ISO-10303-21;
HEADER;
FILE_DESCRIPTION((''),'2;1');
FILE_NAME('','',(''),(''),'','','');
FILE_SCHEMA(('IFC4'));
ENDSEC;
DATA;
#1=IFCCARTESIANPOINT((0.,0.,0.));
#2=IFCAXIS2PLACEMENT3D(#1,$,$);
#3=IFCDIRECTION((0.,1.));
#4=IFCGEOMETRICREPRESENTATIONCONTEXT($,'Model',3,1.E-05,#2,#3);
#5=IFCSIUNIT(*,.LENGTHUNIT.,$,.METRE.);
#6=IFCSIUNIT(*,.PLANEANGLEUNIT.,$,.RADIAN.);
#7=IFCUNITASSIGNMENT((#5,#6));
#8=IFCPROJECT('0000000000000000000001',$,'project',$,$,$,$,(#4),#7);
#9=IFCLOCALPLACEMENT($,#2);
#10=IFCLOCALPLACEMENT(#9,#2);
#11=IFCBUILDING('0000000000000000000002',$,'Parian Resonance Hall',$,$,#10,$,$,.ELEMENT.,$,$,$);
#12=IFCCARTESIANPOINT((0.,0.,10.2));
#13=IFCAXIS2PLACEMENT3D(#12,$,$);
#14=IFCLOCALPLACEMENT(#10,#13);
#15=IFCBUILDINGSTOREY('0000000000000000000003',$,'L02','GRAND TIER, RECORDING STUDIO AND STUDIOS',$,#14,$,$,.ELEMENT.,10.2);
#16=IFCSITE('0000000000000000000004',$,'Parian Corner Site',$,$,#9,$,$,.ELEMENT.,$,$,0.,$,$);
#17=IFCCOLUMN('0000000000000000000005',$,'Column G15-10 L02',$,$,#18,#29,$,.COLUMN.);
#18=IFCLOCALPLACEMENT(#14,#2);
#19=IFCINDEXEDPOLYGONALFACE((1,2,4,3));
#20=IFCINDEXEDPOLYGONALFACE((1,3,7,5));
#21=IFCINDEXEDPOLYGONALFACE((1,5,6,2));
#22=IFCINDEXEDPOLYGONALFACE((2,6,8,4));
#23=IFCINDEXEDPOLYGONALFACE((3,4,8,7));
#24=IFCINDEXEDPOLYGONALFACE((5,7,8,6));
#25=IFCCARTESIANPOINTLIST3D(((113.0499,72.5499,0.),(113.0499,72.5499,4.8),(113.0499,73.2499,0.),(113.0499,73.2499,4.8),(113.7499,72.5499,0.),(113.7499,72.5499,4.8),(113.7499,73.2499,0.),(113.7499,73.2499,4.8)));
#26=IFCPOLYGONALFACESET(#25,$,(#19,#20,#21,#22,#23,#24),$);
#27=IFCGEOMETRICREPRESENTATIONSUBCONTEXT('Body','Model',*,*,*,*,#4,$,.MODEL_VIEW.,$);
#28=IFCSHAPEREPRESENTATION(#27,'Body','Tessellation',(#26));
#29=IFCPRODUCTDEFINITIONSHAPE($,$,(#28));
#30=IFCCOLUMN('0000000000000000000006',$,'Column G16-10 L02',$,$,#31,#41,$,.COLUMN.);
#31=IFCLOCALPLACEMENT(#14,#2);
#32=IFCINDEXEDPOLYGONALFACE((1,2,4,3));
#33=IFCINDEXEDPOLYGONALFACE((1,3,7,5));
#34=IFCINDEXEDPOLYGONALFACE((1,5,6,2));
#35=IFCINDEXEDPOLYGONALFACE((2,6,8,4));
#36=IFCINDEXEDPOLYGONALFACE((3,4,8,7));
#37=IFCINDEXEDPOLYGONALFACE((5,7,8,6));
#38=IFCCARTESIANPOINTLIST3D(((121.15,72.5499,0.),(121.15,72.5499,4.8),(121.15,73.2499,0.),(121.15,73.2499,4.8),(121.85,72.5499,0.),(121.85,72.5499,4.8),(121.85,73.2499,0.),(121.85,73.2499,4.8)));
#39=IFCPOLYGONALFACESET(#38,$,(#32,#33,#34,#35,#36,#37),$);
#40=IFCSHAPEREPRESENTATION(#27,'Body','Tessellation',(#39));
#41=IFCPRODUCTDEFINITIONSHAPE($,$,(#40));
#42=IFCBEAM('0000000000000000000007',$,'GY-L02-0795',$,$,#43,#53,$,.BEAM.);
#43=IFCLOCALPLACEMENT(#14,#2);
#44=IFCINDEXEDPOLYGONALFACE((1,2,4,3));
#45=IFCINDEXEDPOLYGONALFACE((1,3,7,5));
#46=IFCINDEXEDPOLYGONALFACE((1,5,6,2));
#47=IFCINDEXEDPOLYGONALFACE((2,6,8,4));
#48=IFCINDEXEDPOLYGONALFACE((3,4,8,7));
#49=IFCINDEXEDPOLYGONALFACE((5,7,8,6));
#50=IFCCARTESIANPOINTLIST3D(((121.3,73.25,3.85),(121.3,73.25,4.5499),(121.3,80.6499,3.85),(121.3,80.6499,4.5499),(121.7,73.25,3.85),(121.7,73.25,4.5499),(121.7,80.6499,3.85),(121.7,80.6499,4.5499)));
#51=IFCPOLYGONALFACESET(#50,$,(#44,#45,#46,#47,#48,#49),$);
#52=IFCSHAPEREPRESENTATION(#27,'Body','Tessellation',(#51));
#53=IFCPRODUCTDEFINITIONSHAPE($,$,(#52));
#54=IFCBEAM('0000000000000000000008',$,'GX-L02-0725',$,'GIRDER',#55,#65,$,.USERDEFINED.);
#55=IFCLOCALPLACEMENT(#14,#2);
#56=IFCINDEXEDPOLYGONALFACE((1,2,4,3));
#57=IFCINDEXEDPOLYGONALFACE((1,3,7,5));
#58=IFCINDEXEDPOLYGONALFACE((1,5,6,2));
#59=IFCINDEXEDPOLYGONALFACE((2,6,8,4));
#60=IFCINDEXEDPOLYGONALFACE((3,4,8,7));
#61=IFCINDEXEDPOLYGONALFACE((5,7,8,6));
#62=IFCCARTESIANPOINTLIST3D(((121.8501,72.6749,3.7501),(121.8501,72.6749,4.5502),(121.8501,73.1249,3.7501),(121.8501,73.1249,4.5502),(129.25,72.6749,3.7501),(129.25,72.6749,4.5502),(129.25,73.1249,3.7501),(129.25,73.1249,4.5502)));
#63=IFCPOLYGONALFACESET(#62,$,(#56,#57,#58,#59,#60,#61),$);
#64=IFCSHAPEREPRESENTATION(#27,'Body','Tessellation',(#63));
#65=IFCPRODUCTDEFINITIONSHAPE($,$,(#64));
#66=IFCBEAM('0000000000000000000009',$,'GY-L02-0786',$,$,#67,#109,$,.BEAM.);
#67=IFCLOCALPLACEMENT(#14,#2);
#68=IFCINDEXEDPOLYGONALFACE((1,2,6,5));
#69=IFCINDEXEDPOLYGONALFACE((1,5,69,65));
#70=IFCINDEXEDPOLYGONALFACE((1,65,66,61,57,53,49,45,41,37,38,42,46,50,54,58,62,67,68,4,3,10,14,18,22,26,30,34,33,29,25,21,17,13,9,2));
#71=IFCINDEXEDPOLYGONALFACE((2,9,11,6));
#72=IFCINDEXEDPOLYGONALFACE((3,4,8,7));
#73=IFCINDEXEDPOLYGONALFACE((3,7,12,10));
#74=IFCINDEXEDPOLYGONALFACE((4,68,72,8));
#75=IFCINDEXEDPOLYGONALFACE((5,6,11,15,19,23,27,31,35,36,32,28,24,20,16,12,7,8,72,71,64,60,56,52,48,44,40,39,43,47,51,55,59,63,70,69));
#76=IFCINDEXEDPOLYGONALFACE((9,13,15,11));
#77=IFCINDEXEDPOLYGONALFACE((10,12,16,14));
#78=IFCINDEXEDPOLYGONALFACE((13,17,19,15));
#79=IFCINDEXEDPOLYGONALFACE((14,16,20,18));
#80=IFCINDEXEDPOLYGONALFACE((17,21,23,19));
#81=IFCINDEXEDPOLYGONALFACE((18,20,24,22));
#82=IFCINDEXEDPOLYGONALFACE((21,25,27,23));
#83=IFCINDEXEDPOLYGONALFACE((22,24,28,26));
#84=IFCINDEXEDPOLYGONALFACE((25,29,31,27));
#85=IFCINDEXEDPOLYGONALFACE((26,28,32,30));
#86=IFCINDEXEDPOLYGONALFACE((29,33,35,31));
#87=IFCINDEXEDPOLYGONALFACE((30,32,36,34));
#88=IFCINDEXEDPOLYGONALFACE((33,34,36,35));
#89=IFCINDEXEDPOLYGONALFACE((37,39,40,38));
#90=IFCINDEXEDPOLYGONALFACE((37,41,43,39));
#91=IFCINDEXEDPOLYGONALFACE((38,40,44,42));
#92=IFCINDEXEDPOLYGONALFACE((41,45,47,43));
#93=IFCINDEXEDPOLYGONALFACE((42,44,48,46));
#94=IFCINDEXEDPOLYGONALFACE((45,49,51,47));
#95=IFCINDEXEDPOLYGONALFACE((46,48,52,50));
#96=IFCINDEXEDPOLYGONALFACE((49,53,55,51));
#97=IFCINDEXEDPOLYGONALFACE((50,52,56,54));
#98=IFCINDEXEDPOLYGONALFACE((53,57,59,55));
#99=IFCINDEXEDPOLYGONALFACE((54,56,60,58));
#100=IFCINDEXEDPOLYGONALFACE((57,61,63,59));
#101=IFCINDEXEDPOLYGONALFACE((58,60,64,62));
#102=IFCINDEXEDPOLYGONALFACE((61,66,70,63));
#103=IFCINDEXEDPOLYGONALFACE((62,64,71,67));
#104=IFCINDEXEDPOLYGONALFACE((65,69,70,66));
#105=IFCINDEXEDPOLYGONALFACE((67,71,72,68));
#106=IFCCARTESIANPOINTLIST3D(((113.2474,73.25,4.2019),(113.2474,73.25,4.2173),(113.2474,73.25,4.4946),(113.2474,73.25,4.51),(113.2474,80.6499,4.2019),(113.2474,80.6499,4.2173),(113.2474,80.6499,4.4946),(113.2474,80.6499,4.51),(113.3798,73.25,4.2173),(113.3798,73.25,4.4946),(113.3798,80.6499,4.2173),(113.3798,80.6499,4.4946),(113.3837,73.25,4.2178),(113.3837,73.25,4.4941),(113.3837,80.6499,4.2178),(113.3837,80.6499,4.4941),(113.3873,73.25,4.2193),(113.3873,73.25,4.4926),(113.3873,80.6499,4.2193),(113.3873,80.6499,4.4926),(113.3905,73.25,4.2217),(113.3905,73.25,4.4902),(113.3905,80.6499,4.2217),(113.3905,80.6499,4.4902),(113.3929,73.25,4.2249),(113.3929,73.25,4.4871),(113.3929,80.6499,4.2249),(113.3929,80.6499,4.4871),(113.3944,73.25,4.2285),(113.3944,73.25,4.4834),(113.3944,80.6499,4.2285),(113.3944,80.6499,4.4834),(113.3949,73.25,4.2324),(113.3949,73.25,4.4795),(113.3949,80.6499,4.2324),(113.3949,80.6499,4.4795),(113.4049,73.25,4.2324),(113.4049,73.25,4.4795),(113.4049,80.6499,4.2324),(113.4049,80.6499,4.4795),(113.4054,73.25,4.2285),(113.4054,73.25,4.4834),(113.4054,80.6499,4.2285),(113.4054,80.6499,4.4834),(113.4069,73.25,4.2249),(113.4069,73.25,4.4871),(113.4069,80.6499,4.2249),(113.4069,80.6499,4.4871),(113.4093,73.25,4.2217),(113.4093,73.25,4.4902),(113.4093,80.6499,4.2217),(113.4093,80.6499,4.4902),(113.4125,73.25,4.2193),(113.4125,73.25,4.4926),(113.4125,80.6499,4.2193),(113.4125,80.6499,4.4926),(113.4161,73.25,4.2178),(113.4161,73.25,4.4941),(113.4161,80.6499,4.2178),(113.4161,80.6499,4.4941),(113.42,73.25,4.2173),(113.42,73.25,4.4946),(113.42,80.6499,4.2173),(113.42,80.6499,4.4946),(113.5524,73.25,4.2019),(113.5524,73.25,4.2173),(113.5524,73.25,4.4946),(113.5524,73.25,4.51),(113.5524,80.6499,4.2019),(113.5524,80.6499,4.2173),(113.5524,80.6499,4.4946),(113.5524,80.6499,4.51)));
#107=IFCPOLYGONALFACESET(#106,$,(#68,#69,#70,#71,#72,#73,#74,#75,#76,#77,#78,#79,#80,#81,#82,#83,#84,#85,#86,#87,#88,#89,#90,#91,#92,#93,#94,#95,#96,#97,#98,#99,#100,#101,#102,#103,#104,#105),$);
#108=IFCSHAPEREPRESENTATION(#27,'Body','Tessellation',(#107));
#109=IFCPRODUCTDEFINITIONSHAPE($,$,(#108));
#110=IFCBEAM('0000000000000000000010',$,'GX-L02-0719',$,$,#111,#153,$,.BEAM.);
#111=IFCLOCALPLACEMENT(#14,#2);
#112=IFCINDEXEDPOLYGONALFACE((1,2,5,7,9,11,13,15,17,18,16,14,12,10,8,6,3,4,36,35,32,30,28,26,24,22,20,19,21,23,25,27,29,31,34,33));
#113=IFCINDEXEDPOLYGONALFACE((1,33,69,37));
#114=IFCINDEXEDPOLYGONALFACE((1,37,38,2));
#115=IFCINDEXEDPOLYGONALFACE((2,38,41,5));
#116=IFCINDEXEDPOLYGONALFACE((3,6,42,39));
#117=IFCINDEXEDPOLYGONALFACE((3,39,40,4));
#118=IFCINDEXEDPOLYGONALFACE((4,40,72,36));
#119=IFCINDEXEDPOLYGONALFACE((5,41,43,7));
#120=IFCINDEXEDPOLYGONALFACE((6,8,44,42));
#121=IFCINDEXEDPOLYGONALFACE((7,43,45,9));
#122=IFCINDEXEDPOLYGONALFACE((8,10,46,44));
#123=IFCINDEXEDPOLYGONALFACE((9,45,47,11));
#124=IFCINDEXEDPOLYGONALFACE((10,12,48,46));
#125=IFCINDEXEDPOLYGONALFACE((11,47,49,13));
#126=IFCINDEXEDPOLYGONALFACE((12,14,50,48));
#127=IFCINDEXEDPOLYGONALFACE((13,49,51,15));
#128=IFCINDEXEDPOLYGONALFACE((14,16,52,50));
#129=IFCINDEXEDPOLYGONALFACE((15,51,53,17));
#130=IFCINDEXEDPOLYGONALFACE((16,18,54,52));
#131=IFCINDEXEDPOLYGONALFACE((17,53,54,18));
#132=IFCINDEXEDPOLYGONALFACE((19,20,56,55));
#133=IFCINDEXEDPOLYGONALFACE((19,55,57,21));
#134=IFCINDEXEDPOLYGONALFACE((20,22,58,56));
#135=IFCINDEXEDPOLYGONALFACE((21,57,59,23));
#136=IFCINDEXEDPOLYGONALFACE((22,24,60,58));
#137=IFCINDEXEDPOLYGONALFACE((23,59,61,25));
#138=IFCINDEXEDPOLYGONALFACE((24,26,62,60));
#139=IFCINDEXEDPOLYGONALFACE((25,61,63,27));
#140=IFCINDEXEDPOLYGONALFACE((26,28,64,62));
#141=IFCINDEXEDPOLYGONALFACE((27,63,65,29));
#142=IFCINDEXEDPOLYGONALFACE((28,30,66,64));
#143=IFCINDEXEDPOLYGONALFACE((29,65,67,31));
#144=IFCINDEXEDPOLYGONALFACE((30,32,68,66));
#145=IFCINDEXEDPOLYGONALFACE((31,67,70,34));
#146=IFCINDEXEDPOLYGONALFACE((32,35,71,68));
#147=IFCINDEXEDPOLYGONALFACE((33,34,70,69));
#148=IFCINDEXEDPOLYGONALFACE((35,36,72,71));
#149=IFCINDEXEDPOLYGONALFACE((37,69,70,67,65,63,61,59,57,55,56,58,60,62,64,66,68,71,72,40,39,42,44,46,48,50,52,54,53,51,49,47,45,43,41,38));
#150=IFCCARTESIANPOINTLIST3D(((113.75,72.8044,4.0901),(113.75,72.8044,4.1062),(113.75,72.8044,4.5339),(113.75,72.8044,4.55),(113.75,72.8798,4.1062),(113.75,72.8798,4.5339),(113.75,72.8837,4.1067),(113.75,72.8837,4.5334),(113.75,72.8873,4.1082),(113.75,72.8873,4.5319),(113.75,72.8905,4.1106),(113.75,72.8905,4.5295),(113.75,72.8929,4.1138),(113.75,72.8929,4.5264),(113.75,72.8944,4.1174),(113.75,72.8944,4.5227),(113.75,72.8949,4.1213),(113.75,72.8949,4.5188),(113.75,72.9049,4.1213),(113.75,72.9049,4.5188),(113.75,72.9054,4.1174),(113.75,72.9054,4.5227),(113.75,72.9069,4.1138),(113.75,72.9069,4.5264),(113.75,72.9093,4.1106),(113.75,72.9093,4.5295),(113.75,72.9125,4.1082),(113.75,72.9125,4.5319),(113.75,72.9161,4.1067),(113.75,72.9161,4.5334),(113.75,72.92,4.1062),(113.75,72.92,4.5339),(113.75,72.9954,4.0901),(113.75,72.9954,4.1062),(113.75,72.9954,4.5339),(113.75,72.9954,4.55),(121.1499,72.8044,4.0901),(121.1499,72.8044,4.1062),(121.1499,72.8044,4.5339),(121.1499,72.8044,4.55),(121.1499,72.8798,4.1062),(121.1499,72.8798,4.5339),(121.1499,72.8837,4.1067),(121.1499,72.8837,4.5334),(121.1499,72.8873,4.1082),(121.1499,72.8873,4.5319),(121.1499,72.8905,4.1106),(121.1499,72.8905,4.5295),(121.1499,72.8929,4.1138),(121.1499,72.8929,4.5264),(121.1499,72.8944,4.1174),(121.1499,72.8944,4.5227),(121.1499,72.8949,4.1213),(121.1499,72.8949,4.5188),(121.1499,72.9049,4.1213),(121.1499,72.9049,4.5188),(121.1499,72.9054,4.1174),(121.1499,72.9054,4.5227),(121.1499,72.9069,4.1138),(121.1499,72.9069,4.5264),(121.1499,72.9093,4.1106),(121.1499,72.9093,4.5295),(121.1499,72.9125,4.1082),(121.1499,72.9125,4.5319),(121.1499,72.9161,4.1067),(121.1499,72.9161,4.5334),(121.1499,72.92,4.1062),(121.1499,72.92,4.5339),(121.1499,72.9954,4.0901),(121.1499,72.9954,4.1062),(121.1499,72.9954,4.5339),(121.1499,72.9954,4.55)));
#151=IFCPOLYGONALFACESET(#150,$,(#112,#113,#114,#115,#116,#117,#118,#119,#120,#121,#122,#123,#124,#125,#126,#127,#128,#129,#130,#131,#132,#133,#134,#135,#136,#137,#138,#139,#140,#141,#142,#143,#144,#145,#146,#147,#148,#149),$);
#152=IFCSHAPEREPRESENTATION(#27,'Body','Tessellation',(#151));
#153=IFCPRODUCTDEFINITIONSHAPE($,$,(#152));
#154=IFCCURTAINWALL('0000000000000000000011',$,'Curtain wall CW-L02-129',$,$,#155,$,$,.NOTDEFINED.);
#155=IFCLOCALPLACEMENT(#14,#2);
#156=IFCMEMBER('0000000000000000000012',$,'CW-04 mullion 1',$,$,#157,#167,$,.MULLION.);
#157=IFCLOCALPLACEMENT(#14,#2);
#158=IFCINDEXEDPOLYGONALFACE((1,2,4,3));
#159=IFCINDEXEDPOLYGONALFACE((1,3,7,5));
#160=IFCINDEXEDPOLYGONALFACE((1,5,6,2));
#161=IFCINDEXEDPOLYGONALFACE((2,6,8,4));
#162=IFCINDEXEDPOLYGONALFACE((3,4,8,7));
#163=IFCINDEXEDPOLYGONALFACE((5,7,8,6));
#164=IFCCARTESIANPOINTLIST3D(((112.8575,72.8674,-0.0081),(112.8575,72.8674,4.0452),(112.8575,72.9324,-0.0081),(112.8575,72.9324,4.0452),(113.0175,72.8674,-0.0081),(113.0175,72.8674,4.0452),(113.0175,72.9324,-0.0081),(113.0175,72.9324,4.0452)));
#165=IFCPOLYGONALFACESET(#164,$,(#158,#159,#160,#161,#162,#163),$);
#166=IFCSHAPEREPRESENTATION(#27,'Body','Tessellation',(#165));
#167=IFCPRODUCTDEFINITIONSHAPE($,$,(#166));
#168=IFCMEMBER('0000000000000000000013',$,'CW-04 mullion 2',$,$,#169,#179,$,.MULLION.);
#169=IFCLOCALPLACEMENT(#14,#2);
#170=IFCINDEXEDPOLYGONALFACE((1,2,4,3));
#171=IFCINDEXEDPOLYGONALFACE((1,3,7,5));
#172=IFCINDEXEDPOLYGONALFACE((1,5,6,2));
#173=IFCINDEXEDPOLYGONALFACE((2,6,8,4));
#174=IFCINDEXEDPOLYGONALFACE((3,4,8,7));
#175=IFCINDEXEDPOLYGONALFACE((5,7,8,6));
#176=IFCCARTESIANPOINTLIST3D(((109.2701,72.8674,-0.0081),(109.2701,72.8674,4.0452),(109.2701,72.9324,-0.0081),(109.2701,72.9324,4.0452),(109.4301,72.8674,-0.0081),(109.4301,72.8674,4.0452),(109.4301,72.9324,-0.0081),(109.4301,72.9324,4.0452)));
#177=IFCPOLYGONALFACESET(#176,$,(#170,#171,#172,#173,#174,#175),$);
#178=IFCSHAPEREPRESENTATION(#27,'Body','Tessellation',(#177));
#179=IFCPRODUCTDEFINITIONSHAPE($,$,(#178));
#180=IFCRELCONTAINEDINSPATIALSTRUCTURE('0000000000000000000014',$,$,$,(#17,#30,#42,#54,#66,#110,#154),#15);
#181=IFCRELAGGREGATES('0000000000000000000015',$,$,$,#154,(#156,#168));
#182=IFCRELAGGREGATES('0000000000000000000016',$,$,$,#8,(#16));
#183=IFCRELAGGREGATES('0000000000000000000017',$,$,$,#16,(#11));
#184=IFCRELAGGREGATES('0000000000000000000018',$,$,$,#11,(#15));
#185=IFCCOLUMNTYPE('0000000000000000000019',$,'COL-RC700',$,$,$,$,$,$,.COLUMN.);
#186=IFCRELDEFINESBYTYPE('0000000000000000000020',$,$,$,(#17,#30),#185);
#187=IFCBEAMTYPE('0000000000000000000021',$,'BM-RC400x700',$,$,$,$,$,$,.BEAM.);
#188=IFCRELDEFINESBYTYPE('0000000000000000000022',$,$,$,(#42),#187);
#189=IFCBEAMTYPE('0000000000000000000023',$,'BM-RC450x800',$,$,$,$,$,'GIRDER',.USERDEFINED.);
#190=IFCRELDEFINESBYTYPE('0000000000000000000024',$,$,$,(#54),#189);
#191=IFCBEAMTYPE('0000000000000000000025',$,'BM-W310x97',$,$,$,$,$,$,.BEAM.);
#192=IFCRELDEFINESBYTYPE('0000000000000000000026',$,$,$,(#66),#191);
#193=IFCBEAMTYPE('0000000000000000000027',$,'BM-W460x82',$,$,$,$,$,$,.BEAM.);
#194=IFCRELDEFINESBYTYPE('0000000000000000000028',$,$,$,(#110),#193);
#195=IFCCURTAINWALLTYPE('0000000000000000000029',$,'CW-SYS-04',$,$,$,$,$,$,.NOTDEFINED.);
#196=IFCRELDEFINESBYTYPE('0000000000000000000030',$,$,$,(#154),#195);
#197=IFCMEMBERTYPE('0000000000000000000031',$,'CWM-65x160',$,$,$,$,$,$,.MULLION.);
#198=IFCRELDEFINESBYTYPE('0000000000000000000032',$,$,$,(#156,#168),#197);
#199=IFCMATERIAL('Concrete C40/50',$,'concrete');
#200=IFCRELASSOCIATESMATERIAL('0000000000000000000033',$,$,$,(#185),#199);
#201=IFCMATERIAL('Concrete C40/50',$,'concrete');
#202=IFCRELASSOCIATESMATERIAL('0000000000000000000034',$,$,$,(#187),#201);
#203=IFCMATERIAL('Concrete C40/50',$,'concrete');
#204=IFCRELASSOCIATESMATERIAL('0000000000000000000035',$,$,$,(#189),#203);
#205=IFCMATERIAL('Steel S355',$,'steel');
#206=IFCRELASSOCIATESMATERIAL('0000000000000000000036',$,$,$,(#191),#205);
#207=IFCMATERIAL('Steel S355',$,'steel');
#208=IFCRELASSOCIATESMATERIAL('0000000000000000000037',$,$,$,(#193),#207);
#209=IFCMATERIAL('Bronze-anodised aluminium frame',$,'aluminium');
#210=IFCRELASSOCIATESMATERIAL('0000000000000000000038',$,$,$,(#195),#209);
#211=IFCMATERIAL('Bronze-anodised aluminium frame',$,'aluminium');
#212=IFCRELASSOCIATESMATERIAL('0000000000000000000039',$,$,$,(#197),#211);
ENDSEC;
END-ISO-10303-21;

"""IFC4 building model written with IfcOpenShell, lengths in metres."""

from ifc_helpers import new_model, si_unit, direction, frame, origin, origin_2d, place, context, subcontext, project, spatial, rectangle, i_section, extrude, material, material_profile, profile_set, type_object, element, aggregate, save


model = new_model("IFC4")

# Units and contexts
model_context = context("Model", 3, precision=1e-05, world=origin(), true_north=direction((0.0, 1.0)))
body_context = subcontext(model_context, "Body", "Model", "MODEL_VIEW")
ifc_project = project(units=[si_unit("LENGTHUNIT", "METRE"), si_unit("PLANEANGLEUNIT", "RADIAN")], contexts=[model_context])

# Site, building, storey
site_placement = place(None, origin())
site = spatial("IfcSite", under=ifc_project, at=site_placement, Name="Parian Corner Site", CompositionType="ELEMENT", RefElevation=0.0)
building_placement = place(site_placement, origin())
building = spatial("IfcBuilding", under=site, at=building_placement, Name="Parian Resonance Hall", CompositionType="ELEMENT")
storey_placement = place(building_placement, frame((0.0, 0.0, 10.2)))
storey = spatial("IfcBuildingStorey", under=building, at=storey_placement, Name="L02", Description="GRAND TIER, RECORDING STUDIO AND STUDIOS", CompositionType="ELEMENT", Elevation=10.2)

# Columns
ifc_material_1 = material(Name="Concrete C40/50", Category="concrete")
ifc_material_profile_1 = material_profile(ifc_material_1, rectangle(XDim=0.7, YDim=0.7, at=origin_2d()), Name="RC-COL-700x700")
ifc_profile_set_1 = profile_set([ifc_material_profile_1], Name="Concrete C40/50")
column_type = type_object("IfcColumnType", Name="COL-RC700", PredefinedType="COLUMN", material=ifc_profile_set_1)
for number, where, z_axis, x_axis, name in (
    (1, (113.3999, 72.8999, 0.0), (0.0, 0.0, 1.0), (1.0, 0.0, 0.0), "Column G15-10 L02"),
    (2, (121.5, 72.8999, 0.0), (0.0, 0.0, 1.0), (1.0, 0.0, 0.0), "Column G16-10 L02"),
):
    element("IfcColumn", number, at=place(storey_placement, frame(where, z_axis=z_axis, x_axis=x_axis)), inside=storey, type_object=column_type, Name=name, PredefinedType="COLUMN", context=body_context, shape_type="SweptSolid", body=[
        extrude(rectangle(XDim=0.7, YDim=0.7, at=origin_2d()), origin(), (0.0, 0.0, 1.0), 4.8),
    ])

# Beams
ifc_material_2 = material(Name="Concrete C40/50", Category="concrete")
ifc_material_profile_2 = material_profile(ifc_material_2, rectangle(XDim=0.3999, YDim=0.7, at=origin_2d()), Name="RC-BM-400x700")
ifc_profile_set_2 = profile_set([ifc_material_profile_2], Name="Concrete C40/50")
beam_type_1 = type_object("IfcBeamType", Name="BM-RC400x700", PredefinedType="BEAM", material=ifc_profile_set_2)
beam_1_placement = place(storey_placement, frame((121.5, 73.25, 4.2), z_axis=(0.0, 1.0, 0.0), x_axis=(-1.0, 0.0, 0.0)))
element("IfcBeam", 3, at=beam_1_placement, inside=storey, type_object=beam_type_1, Name="GY-L02-0795", PredefinedType="BEAM", context=body_context, shape_type="SweptSolid", body=[
    extrude(rectangle(XDim=0.3999, YDim=0.7, at=origin_2d()), origin(), (0.0, 0.0, 1.0), 7.3999),
])
ifc_material_3 = material(Name="Concrete C40/50", Category="concrete")
ifc_material_profile_3 = material_profile(ifc_material_3, rectangle(XDim=0.45, YDim=0.8, at=origin_2d()), Name="RC-BM-450x800")
ifc_profile_set_3 = profile_set([ifc_material_profile_3], Name="Concrete C40/50")
beam_type_2 = type_object("IfcBeamType", Name="BM-RC450x800", ElementType="GIRDER", PredefinedType="USERDEFINED", material=ifc_profile_set_3)
beam_2_placement = place(storey_placement, frame((121.8501, 72.8999, 4.1501), z_axis=(1.0, 0.0, 0.0), x_axis=(0.0, 1.0, 0.0)))
element("IfcBeam", 4, at=beam_2_placement, inside=storey, type_object=beam_type_2, Name="GX-L02-0725", ObjectType="GIRDER", PredefinedType="USERDEFINED", context=body_context, shape_type="SweptSolid", body=[
    extrude(rectangle(XDim=0.45, YDim=0.8, at=origin_2d()), origin(), (0.0, 0.0, 1.0), 7.3999),
])
ifc_material_4 = material(Name="Steel S355", Category="steel")
ifc_material_profile_4 = material_profile(ifc_material_4, i_section(OverallWidth=0.3049, OverallDepth=0.3081, WebThickness=0.01, FlangeThickness=0.0154, FilletRadius=0.0151, at=origin_2d()), Name="W310x97")
ifc_profile_set_4 = profile_set([ifc_material_profile_4], Name="Steel S355")
beam_type_3 = type_object("IfcBeamType", Name="BM-W310x97", PredefinedType="BEAM", material=ifc_profile_set_4)
beam_3_placement = place(storey_placement, frame((113.3999, 73.25, 4.356), z_axis=(0.0, 1.0, 0.0), x_axis=(-1.0, 0.0, 0.0)))
element("IfcBeam", 5, at=beam_3_placement, inside=storey, type_object=beam_type_3, Name="GY-L02-0786", PredefinedType="BEAM", context=body_context, shape_type="SweptSolid", body=[
    extrude(i_section(OverallWidth=0.3049, OverallDepth=0.3081, WebThickness=0.01, FlangeThickness=0.0154, FilletRadius=0.0151, at=origin_2d()), origin(), (0.0, 0.0, 1.0), 7.3999),
])
ifc_material_5 = material(Name="Steel S355", Category="steel")
ifc_material_profile_5 = material_profile(ifc_material_5, i_section(OverallWidth=0.1909, OverallDepth=0.46, WebThickness=0.01, FlangeThickness=0.0161, FilletRadius=0.0151, at=origin_2d()), Name="W460x82")
ifc_profile_set_5 = profile_set([ifc_material_profile_5], Name="Steel S355")
beam_type_4 = type_object("IfcBeamType", Name="BM-W460x82", PredefinedType="BEAM", material=ifc_profile_set_5)
beam_4_placement = place(storey_placement, frame((113.75, 72.8999, 4.3201), z_axis=(1.0, 0.0, 0.0), x_axis=(0.0, 1.0, 0.0)))
element("IfcBeam", 6, at=beam_4_placement, inside=storey, type_object=beam_type_4, Name="GX-L02-0719", PredefinedType="BEAM", context=body_context, shape_type="SweptSolid", body=[
    extrude(i_section(OverallWidth=0.1909, OverallDepth=0.46, WebThickness=0.01, FlangeThickness=0.0161, FilletRadius=0.0151, at=origin_2d()), origin(), (0.0, 0.0, 1.0), 7.3999),
])

# Curtain wall, members
ifc_material_6 = material(Name="Bronze-anodised aluminium frame", Category="aluminium")
curtain_wall_type = type_object("IfcCurtainWallType", Name="CW-SYS-04", PredefinedType="NOTDEFINED", material=ifc_material_6)
curtain_wall_placement = place(storey_placement, origin())
curtain_wall = element("IfcCurtainWall", 7, at=curtain_wall_placement, inside=storey, type_object=curtain_wall_type, Name="Curtain wall CW-L02-129", PredefinedType="NOTDEFINED")
ifc_material_7 = material(Name="Bronze-anodised aluminium frame", Category="aluminium")
ifc_material_profile_6 = material_profile(ifc_material_7, rectangle(XDim=0.0649, YDim=0.1599, at=origin_2d()), Name="CWM-65x160")
ifc_profile_set_6 = profile_set([ifc_material_profile_6], Name="Bronze-anodised aluminium frame")
member_type_1 = type_object("IfcMemberType", Name="CWM-65x160", PredefinedType="MULLION", material=ifc_profile_set_6)
member_1_placement = place(storey_placement, frame((112.9375, 72.8999, -0.0081), z_axis=(0.0, 0.0, 1.0), x_axis=(0.0, -1.0, 0.0)))
member_1 = element("IfcMember", 8, at=member_1_placement, type_object=member_type_1, Name="CW-04 mullion 1", PredefinedType="MULLION", context=body_context, shape_type="SweptSolid", body=[
    extrude(rectangle(XDim=0.0649, YDim=0.1599, at=origin_2d()), origin(), (0.0, 0.0, 1.0), 4.0532),
])
member_2_placement = place(storey_placement, frame((109.3501, 72.8999, -0.0081), z_axis=(0.0, 0.0, 1.0), x_axis=(0.0, -1.0, 0.0)))
member_2 = element("IfcMember", 9, at=member_2_placement, type_object=member_type_1, Name="CW-04 mullion 2", PredefinedType="MULLION", context=body_context, shape_type="SweptSolid", body=[
    extrude(rectangle(XDim=0.0649, YDim=0.1599, at=origin_2d()), origin(), (0.0, 0.0, 1.0), 4.0532),
])
aggregate(curtain_wall, [member_1, member_2])

save(model, "model.ifc")
